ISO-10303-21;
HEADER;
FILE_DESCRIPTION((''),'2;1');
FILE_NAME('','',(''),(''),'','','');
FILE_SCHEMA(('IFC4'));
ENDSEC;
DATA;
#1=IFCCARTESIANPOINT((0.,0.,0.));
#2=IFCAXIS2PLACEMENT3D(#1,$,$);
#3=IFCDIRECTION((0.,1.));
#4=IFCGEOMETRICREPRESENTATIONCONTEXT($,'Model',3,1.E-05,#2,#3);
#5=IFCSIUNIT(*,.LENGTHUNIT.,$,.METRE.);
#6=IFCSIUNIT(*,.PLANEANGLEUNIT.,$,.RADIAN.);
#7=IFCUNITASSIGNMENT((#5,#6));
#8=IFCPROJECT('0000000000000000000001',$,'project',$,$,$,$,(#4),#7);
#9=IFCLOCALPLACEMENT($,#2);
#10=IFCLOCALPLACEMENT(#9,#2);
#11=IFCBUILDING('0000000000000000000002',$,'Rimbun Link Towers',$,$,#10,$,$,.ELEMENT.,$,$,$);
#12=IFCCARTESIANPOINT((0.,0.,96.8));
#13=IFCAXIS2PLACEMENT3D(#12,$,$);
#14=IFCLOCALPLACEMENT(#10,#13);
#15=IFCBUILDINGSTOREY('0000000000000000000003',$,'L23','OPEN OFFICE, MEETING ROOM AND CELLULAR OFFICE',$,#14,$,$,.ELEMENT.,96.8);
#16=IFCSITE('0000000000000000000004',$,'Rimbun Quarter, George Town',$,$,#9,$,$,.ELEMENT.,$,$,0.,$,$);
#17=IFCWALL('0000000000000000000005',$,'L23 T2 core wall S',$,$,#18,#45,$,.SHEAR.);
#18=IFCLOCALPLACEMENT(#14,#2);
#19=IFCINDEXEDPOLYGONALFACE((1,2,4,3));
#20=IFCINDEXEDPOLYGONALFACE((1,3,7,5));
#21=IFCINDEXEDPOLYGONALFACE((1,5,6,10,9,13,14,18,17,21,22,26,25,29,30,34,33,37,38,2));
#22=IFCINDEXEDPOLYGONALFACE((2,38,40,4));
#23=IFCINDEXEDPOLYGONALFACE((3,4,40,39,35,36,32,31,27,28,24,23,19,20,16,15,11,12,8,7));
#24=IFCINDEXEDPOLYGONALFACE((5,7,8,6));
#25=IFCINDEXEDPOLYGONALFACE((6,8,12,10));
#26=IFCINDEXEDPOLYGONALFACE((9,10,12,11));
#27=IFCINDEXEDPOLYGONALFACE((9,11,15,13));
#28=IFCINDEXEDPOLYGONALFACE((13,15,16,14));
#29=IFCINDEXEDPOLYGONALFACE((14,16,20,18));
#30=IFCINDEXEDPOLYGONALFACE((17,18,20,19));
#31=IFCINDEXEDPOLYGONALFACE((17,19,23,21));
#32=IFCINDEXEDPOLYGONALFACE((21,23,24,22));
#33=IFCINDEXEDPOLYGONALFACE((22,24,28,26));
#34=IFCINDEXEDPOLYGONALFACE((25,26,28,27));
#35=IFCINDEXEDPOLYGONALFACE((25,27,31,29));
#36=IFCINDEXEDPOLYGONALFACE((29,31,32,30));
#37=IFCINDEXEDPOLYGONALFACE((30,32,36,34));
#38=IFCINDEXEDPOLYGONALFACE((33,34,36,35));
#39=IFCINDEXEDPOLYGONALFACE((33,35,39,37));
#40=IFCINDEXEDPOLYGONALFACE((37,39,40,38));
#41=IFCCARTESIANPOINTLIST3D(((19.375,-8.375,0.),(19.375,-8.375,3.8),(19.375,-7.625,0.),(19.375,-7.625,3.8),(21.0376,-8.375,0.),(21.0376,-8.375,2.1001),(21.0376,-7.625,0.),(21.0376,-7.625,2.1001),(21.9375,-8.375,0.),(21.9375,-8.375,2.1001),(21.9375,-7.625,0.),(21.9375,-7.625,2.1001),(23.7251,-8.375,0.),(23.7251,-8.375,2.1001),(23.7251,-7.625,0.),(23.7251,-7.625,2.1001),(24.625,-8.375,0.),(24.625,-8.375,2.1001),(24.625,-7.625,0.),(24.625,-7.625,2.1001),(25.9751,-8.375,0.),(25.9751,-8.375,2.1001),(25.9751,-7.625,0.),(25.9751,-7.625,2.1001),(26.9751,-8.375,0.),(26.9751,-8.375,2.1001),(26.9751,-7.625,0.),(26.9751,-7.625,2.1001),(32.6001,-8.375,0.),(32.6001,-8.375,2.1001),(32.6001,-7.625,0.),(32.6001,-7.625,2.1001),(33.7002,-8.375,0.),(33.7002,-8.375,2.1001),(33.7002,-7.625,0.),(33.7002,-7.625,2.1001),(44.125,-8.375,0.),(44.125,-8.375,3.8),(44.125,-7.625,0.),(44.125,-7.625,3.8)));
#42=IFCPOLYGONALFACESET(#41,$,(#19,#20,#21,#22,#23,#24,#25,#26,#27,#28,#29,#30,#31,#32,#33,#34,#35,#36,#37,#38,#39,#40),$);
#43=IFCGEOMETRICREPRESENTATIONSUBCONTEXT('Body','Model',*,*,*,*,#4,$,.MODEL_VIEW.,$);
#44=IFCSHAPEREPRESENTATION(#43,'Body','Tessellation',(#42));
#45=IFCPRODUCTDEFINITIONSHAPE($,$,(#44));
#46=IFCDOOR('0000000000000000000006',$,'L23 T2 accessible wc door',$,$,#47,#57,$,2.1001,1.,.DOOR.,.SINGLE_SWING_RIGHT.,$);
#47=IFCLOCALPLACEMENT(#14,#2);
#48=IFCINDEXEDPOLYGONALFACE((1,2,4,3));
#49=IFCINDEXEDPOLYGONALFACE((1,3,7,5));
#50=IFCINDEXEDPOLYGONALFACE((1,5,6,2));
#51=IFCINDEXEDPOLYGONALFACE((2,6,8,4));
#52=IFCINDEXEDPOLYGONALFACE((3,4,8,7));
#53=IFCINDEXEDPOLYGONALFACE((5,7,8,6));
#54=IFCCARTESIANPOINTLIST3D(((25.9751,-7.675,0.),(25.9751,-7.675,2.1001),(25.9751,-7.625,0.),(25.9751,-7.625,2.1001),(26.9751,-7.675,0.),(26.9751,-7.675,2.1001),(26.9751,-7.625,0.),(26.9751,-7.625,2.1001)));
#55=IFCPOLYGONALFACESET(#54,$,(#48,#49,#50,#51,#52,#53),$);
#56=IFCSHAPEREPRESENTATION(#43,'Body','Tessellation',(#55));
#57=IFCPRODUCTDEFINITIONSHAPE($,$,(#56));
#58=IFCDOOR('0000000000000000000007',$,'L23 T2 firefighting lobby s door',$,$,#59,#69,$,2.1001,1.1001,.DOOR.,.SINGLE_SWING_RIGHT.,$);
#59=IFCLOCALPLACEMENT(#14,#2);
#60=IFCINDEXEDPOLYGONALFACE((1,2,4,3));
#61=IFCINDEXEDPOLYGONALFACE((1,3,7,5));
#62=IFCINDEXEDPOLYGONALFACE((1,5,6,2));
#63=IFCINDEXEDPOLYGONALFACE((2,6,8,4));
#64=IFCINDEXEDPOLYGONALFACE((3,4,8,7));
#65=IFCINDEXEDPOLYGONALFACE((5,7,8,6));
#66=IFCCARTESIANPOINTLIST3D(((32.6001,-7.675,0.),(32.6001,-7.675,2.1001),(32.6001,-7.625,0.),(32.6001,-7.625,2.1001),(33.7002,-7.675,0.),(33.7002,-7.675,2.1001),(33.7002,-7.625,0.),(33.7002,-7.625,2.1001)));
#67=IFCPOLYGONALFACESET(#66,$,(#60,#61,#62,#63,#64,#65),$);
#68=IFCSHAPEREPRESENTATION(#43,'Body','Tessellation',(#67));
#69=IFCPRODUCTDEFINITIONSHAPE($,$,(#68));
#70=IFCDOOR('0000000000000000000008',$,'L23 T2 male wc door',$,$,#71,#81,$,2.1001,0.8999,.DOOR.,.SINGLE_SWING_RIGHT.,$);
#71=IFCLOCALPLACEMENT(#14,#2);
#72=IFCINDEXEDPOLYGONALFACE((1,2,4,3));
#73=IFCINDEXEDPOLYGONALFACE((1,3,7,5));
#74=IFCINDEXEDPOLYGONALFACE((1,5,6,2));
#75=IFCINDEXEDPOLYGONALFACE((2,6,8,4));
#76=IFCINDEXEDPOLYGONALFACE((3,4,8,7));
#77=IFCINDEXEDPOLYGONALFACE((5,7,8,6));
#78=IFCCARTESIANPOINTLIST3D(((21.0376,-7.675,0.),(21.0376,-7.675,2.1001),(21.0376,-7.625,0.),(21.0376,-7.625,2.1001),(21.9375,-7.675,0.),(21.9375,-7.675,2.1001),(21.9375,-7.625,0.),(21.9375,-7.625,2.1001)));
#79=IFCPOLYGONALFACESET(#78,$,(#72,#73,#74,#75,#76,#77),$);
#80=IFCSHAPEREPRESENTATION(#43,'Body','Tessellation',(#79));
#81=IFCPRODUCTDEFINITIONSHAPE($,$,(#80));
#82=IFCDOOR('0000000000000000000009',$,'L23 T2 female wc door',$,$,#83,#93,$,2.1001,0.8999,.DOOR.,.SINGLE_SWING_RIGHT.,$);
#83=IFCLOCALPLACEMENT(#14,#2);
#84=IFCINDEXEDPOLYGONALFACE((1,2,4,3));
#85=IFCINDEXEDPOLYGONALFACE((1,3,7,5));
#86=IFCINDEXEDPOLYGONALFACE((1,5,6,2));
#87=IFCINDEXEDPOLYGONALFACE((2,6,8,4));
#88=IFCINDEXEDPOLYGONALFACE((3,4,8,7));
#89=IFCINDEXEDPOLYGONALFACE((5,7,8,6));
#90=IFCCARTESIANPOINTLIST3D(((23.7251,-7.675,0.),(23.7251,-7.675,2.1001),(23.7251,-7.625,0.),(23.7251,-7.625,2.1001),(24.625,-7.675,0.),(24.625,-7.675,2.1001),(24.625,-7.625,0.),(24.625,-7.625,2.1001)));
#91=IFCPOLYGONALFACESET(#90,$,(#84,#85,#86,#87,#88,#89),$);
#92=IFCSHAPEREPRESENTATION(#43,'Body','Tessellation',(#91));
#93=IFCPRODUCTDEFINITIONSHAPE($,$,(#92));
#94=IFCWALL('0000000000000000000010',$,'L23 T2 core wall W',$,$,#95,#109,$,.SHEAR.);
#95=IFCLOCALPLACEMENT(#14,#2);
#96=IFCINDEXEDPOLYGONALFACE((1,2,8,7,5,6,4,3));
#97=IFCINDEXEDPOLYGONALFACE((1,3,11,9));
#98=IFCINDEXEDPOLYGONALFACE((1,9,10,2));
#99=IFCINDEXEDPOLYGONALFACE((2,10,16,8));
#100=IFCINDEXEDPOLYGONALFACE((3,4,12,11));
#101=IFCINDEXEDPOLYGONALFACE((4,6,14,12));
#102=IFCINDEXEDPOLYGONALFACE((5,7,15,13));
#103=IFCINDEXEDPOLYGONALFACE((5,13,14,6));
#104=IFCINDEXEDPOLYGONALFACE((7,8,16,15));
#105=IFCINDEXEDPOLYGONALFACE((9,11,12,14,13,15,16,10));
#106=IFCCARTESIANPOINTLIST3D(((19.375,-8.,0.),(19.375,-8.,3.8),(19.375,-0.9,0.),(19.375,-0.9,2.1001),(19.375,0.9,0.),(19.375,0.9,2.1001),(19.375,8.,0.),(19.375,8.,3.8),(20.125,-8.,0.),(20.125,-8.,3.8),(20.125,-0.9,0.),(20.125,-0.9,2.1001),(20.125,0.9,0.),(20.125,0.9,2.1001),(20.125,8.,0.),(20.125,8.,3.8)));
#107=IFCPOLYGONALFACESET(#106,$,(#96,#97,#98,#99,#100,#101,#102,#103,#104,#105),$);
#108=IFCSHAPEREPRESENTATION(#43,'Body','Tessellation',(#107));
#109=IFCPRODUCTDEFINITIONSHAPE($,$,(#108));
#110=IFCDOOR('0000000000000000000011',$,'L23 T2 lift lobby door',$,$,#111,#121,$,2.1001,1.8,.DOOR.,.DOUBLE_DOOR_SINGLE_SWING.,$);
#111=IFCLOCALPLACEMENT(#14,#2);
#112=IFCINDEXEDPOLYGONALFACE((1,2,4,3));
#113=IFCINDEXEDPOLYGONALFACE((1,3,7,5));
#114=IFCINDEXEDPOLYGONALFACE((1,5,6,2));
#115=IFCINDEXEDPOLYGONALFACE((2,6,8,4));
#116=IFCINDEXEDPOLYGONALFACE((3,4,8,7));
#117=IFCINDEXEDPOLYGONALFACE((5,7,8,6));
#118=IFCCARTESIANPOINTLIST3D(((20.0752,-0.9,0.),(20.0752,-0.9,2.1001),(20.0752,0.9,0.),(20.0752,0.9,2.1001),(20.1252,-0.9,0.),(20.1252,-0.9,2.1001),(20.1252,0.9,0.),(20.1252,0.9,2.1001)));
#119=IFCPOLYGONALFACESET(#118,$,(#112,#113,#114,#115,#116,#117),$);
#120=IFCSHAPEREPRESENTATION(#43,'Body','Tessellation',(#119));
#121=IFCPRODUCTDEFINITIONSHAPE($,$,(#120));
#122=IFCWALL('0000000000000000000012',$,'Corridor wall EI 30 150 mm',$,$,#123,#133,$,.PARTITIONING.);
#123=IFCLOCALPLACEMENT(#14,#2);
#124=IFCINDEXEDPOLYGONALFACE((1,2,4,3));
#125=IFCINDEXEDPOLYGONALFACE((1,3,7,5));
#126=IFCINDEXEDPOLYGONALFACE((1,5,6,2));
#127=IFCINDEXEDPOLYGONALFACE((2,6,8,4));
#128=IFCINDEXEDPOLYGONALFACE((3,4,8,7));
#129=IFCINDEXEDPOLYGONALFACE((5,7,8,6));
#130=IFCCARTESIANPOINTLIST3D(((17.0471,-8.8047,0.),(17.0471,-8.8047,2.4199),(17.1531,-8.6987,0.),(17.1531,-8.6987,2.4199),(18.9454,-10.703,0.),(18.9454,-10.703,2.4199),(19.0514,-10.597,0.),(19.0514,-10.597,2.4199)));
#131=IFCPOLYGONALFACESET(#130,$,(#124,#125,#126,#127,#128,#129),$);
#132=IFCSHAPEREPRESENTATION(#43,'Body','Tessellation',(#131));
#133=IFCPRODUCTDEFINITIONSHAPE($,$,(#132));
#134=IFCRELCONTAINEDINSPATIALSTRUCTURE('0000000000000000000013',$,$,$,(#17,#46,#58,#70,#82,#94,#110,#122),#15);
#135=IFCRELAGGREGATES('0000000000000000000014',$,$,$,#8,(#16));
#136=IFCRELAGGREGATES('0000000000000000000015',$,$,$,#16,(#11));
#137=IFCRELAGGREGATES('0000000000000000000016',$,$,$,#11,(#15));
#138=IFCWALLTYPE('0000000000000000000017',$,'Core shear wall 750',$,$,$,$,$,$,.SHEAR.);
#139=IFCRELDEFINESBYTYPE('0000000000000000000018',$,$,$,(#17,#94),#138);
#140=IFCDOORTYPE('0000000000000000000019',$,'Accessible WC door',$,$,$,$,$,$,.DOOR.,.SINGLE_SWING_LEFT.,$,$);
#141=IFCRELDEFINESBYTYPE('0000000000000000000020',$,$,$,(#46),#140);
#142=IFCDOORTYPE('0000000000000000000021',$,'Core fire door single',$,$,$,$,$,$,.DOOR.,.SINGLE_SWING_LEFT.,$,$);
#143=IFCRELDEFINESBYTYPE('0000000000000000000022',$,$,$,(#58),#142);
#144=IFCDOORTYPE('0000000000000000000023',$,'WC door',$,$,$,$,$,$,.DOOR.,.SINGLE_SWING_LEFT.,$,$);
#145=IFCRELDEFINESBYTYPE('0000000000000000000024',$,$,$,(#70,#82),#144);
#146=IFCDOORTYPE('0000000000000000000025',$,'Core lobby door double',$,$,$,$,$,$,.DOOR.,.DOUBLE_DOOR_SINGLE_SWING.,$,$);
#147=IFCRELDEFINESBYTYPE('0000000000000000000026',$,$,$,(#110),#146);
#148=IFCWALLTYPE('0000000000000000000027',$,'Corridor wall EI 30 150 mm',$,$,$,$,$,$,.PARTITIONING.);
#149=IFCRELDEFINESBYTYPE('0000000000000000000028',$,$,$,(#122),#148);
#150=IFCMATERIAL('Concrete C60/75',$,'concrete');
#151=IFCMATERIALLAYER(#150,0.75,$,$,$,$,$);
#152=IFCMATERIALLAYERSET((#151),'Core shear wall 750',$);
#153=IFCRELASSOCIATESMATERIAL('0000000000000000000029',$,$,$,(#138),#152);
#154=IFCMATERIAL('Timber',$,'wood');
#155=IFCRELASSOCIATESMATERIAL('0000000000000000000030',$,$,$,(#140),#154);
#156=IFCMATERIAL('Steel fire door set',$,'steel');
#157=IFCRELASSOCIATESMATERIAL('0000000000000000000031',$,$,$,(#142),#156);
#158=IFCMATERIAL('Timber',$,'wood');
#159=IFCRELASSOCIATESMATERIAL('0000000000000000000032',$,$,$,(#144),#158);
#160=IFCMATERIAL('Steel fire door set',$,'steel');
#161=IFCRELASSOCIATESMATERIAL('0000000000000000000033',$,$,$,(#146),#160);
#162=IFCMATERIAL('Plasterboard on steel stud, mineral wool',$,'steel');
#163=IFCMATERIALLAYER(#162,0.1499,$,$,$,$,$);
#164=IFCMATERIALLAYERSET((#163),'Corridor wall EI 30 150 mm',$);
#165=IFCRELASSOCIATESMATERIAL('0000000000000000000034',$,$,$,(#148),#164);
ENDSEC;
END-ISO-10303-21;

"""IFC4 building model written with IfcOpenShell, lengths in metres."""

from ifc_helpers import new_model, si_unit, direction, frame, frame_2d, origin, place, context, subcontext, project, spatial, rectangle, extrude, material, layer, layer_set, type_object, element, fill, save


model = new_model("IFC4")

# Units and contexts
model_context = context("Model", 3, precision=1e-05, world=origin(), true_north=direction((0.0, 1.0)))
body_context = subcontext(model_context, "Body", "Model", "MODEL_VIEW")
ifc_project = project(units=[si_unit("LENGTHUNIT", "METRE"), si_unit("PLANEANGLEUNIT", "RADIAN")], contexts=[model_context])

# Site, building, storey
site_placement = place(None, origin())
site = spatial("IfcSite", under=ifc_project, at=site_placement, Name="Rimbun Quarter, George Town", CompositionType="ELEMENT", RefElevation=0.0)
building_placement = place(site_placement, origin())
building = spatial("IfcBuilding", under=site, at=building_placement, Name="Rimbun Link Towers", CompositionType="ELEMENT")
storey_placement = place(building_placement, frame((0.0, 0.0, 96.8)))
storey = spatial("IfcBuildingStorey", under=building, at=storey_placement, Name="L23", Description="OPEN OFFICE, MEETING ROOM AND CELLULAR OFFICE", CompositionType="ELEMENT", Elevation=96.8)

# Wall, openings, doors
ifc_material_1 = material(Name="Concrete C60/75", Category="concrete")
ifc_layer_1 = layer(ifc_material_1, 0.75)
ifc_layer_set_1 = layer_set([ifc_layer_1], Name="Core shear wall 750")
wall_type_1 = type_object("IfcWallType", Name="Core shear wall 750", PredefinedType="SHEAR", material=ifc_layer_set_1)
wall_1_placement = place(storey_placement, frame((19.375, -8.0, 0.0), z_axis=(0.0, 0.0, 1.0), x_axis=(1.0, 0.0, 0.0)))
wall_1 = element("IfcWall", 1, at=wall_1_placement, inside=storey, type_object=wall_type_1, Name="L23 T2 core wall S", PredefinedType="SHEAR", context=body_context, shape_type="SweptSolid", body=[
    extrude(rectangle(XDim=24.75, YDim=0.75, at=frame_2d((12.375, 0.0))), origin(), (0.0, 0.0, 1.0), 3.8),
])
opening_1_placement = place(wall_1_placement, frame((13.2251, 0.0, 0.0)))
opening_1 = element("IfcOpeningElement", 2, at=opening_1_placement, cuts=wall_1, PredefinedType="OPENING", context=body_context, shape_type="SweptSolid", body=[
    extrude(rectangle(XDim=1.1001, YDim=2.1001, at=frame_2d((0.55, 1.05))), frame((0.0, 0.385, 0.0), z_axis=(0.0, -1.0, 0.0), x_axis=(1.0, 0.0, 0.0)), (0.0, 0.0, 1.0), 0.77),
])
opening_2_placement = place(wall_1_placement, frame((1.6626, 0.0, 0.0)))
opening_2 = element("IfcOpeningElement", 3, at=opening_2_placement, cuts=wall_1, PredefinedType="OPENING", context=body_context, shape_type="SweptSolid", body=[
    extrude(rectangle(XDim=0.8999, YDim=2.1001, at=frame_2d((0.45, 1.05))), frame((0.0, 0.385, 0.0), z_axis=(0.0, -1.0, 0.0), x_axis=(1.0, 0.0, 0.0)), (0.0, 0.0, 1.0), 0.77),
])
opening_3_placement = place(wall_1_placement, frame((4.3501, 0.0, 0.0)))
opening_3 = element("IfcOpeningElement", 4, at=opening_3_placement, cuts=wall_1, PredefinedType="OPENING", context=body_context, shape_type="SweptSolid", body=[
    extrude(rectangle(XDim=0.8999, YDim=2.1001, at=frame_2d((0.45, 1.05))), frame((0.0, 0.385, 0.0), z_axis=(0.0, -1.0, 0.0), x_axis=(1.0, 0.0, 0.0)), (0.0, 0.0, 1.0), 0.77),
])
opening_4_placement = place(wall_1_placement, frame((6.6001, 0.0, 0.0)))
opening_4 = element("IfcOpeningElement", 5, at=opening_4_placement, cuts=wall_1, PredefinedType="OPENING", context=body_context, shape_type="SweptSolid", body=[
    extrude(rectangle(XDim=1.0, YDim=2.1001, at=frame_2d((0.5, 1.05))), frame((0.0, 0.385, 0.0), z_axis=(0.0, -1.0, 0.0), x_axis=(1.0, 0.0, 0.0)), (0.0, 0.0, 1.0), 0.77),
])
ifc_material_2 = material(Name="Timber", Category="wood")
door_type_1 = type_object("IfcDoorType", Name="Accessible WC door", OperationType="SINGLE_SWING_LEFT", PredefinedType="DOOR", material=ifc_material_2)
door_1_placement = place(opening_4_placement, origin())
door_1 = element("IfcDoor", 6, at=door_1_placement, inside=storey, type_object=door_type_1, Name="L23 T2 accessible wc door", OperationType="SINGLE_SWING_RIGHT", OverallHeight=2.1001, OverallWidth=1.0, PredefinedType="DOOR", context=body_context, shape_type="SweptSolid", body=[
    extrude(rectangle(XDim=1.0, YDim=2.1001, at=frame_2d((0.5, 1.05))), frame((0.0, 0.375, 0.0), z_axis=(0.0, -1.0, 0.0), x_axis=(1.0, 0.0, 0.0)), (0.0, 0.0, 1.0), 0.05),
])
fill(opening_4, door_1)
ifc_material_3 = material(Name="Steel fire door set", Category="steel")
door_type_2 = type_object("IfcDoorType", Name="Core fire door single", OperationType="SINGLE_SWING_LEFT", PredefinedType="DOOR", material=ifc_material_3)
door_2_placement = place(opening_1_placement, origin())
door_2 = element("IfcDoor", 7, at=door_2_placement, inside=storey, type_object=door_type_2, Name="L23 T2 firefighting lobby s door", OperationType="SINGLE_SWING_RIGHT", OverallHeight=2.1001, OverallWidth=1.1001, PredefinedType="DOOR", context=body_context, shape_type="SweptSolid", body=[
    extrude(rectangle(XDim=1.1001, YDim=2.1001, at=frame_2d((0.55, 1.05))), frame((0.0, 0.375, 0.0), z_axis=(0.0, -1.0, 0.0), x_axis=(1.0, 0.0, 0.0)), (0.0, 0.0, 1.0), 0.05),
])
fill(opening_1, door_2)
ifc_material_4 = material(Name="Timber", Category="wood")
door_type_3 = type_object("IfcDoorType", Name="WC door", OperationType="SINGLE_SWING_LEFT", PredefinedType="DOOR", material=ifc_material_4)
door_3_placement = place(opening_2_placement, origin())
door_3 = element("IfcDoor", 8, at=door_3_placement, inside=storey, type_object=door_type_3, Name="L23 T2 male wc door", OperationType="SINGLE_SWING_RIGHT", OverallHeight=2.1001, OverallWidth=0.8999, PredefinedType="DOOR", context=body_context, shape_type="SweptSolid", body=[
    extrude(rectangle(XDim=0.8999, YDim=2.1001, at=frame_2d((0.45, 1.05))), frame((0.0, 0.375, 0.0), z_axis=(0.0, -1.0, 0.0), x_axis=(1.0, 0.0, 0.0)), (0.0, 0.0, 1.0), 0.05),
])
fill(opening_2, door_3)
door_4_placement = place(opening_3_placement, origin())
door_4 = element("IfcDoor", 9, at=door_4_placement, inside=storey, type_object=door_type_3, Name="L23 T2 female wc door", OperationType="SINGLE_SWING_RIGHT", OverallHeight=2.1001, OverallWidth=0.8999, PredefinedType="DOOR", context=body_context, shape_type="SweptSolid", body=[
    extrude(rectangle(XDim=0.8999, YDim=2.1001, at=frame_2d((0.45, 1.05))), frame((0.0, 0.375, 0.0), z_axis=(0.0, -1.0, 0.0), x_axis=(1.0, 0.0, 0.0)), (0.0, 0.0, 1.0), 0.05),
])
fill(opening_3, door_4)

# Wall, opening, door
wall_2_placement = place(storey_placement, frame((19.75, -8.0, 0.0), z_axis=(0.0, 0.0, 1.0), x_axis=(0.0, 1.0, 0.0)))
wall_2 = element("IfcWall", 10, at=wall_2_placement, inside=storey, type_object=wall_type_1, Name="L23 T2 core wall W", PredefinedType="SHEAR", context=body_context, shape_type="SweptSolid", body=[
    extrude(rectangle(XDim=16.0, YDim=0.75, at=frame_2d((8.0, 0.0))), origin(), (0.0, 0.0, 1.0), 3.8),
])
opening_5_placement = place(wall_2_placement, frame((7.1001, 0.0, 0.0)))
opening_5 = element("IfcOpeningElement", 11, at=opening_5_placement, cuts=wall_2, PredefinedType="OPENING", context=body_context, shape_type="SweptSolid", body=[
    extrude(rectangle(XDim=1.8, YDim=2.1001, at=frame_2d((0.8999, 1.05))), frame((0.0, 0.385, 0.0), z_axis=(0.0, -1.0, 0.0), x_axis=(1.0, 0.0, 0.0)), (0.0, 0.0, 1.0), 0.77),
])
ifc_material_5 = material(Name="Steel fire door set", Category="steel")
door_type_4 = type_object("IfcDoorType", Name="Core lobby door double", OperationType="DOUBLE_DOOR_SINGLE_SWING", PredefinedType="DOOR", material=ifc_material_5)
door_5_placement = place(opening_5_placement, origin())
door_5 = element("IfcDoor", 12, at=door_5_placement, inside=storey, type_object=door_type_4, Name="L23 T2 lift lobby door", OperationType="DOUBLE_DOOR_SINGLE_SWING", OverallHeight=2.1001, OverallWidth=1.8, PredefinedType="DOOR", context=body_context, shape_type="SweptSolid", body=[
    extrude(rectangle(XDim=1.8, YDim=2.1001, at=frame_2d((0.8999, 1.05))), frame((0.0, -0.3252, 0.0), z_axis=(0.0, -1.0, 0.0), x_axis=(1.0, 0.0, 0.0)), (0.0, 0.0, 1.0), 0.05),
])
fill(opening_5, door_5)

# Wall
ifc_material_6 = material(Name="Plasterboard on steel stud, mineral wool", Category="steel")
ifc_layer_2 = layer(ifc_material_6, 0.1499)
ifc_layer_set_2 = layer_set([ifc_layer_2], Name="Corridor wall EI 30 150 mm")
wall_type_2 = type_object("IfcWallType", Name="Corridor wall EI 30 150 mm", PredefinedType="PARTITIONING", material=ifc_layer_set_2)
wall_3_placement = place(storey_placement, frame((17.1001, -8.7517, 0.0), z_axis=(0.0, 0.0, 1.0), x_axis=(0.707107, -0.707107, 0.0)))
element("IfcWall", 13, at=wall_3_placement, inside=storey, type_object=wall_type_2, Name="Corridor wall EI 30 150 mm", PredefinedType="PARTITIONING", context=body_context, shape_type="SweptSolid", body=[
    extrude(rectangle(XDim=2.6846, YDim=0.1499, at=frame_2d((1.3423, 0.0))), origin(), (0.0, 0.0, 1.0), 2.4199),
])

save(model, "model.ifc")
